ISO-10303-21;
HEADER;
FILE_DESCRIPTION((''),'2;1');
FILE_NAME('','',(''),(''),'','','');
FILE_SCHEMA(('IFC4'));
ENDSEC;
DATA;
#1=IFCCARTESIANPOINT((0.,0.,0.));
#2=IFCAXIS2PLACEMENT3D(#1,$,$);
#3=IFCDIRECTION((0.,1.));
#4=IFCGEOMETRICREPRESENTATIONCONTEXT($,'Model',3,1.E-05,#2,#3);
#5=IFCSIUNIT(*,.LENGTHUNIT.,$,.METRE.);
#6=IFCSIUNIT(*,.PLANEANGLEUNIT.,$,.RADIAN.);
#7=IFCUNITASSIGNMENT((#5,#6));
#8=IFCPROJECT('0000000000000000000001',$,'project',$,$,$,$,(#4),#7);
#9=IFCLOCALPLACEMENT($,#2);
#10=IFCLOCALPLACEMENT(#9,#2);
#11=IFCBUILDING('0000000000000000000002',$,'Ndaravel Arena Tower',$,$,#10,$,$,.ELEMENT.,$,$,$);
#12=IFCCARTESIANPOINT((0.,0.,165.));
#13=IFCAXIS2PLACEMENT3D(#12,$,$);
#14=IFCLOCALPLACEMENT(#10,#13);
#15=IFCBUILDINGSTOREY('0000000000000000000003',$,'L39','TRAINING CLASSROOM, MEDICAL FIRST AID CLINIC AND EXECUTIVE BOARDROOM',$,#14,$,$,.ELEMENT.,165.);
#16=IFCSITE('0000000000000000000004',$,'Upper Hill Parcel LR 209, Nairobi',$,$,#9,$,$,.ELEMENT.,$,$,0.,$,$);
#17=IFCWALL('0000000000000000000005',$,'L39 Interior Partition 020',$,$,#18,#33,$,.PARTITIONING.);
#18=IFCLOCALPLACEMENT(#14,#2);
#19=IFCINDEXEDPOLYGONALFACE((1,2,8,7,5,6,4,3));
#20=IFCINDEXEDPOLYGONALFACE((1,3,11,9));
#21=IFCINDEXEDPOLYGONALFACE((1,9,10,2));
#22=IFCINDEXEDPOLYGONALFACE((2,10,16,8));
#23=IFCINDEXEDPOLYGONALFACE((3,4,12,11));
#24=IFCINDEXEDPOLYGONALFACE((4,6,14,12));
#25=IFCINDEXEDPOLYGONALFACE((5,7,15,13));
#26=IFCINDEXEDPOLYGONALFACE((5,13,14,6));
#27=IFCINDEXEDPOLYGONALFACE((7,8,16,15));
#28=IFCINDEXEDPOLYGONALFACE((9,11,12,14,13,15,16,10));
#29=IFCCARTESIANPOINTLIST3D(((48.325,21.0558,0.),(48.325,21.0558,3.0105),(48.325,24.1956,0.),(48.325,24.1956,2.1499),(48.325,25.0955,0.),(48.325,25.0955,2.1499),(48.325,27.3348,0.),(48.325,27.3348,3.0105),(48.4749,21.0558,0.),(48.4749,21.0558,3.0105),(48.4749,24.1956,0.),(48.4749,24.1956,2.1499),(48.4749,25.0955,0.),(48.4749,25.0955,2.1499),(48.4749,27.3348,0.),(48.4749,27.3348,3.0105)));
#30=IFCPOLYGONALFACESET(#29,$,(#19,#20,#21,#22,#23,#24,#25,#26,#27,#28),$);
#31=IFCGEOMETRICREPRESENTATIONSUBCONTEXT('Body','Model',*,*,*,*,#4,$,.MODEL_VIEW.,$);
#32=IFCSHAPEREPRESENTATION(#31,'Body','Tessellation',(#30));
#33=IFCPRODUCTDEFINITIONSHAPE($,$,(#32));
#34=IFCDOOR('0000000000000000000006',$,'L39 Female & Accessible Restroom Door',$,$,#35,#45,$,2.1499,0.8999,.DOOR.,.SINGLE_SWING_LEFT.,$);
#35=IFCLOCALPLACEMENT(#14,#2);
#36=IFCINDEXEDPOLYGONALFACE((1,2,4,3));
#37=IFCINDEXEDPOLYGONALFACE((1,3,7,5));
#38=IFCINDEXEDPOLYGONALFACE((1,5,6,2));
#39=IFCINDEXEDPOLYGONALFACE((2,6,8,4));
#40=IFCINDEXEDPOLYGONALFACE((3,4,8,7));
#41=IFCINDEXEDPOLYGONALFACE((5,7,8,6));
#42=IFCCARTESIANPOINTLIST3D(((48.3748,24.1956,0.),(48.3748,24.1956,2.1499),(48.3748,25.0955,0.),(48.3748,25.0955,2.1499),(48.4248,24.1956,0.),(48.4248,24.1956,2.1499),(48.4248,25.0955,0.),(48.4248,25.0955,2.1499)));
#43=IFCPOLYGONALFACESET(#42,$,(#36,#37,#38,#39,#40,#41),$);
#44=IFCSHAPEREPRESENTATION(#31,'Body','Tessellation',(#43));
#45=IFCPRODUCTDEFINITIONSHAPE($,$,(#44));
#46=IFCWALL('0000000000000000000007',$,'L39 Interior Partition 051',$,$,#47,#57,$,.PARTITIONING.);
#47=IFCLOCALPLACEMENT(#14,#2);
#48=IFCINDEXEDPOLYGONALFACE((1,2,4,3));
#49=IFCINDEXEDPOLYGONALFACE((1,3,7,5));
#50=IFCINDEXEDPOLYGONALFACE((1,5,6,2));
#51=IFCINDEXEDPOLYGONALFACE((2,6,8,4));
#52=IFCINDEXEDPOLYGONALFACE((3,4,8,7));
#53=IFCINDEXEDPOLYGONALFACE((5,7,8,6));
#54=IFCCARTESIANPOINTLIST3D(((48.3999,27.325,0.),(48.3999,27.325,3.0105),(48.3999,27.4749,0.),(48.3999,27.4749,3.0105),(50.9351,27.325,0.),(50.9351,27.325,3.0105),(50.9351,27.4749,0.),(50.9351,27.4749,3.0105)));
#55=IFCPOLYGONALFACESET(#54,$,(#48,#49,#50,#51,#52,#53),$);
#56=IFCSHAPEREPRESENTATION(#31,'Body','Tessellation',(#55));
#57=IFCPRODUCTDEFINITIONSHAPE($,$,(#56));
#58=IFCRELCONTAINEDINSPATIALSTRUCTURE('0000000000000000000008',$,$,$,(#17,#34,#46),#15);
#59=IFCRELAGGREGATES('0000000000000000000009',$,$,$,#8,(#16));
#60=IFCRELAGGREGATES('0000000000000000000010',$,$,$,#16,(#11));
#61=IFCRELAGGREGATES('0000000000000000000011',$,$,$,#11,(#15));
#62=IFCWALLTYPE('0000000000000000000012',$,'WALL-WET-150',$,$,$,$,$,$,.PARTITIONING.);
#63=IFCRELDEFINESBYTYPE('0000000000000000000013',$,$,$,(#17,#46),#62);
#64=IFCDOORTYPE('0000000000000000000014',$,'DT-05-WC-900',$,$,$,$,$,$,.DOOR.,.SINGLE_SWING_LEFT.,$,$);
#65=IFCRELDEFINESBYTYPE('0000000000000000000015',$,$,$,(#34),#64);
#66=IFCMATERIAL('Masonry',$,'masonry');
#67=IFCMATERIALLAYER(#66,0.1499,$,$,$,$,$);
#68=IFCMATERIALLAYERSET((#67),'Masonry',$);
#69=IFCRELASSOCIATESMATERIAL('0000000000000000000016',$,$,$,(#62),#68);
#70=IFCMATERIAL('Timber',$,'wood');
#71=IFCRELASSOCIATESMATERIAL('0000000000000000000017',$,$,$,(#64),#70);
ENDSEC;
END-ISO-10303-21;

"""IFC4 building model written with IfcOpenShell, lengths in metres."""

from ifc_helpers import new_model, si_unit, direction, frame, frame_2d, origin, place, context, subcontext, project, spatial, rectangle, extrude, material, layer, layer_set, type_object, element, fill, save


model = new_model("IFC4")

# Units and contexts
model_context = context("Model", 3, precision=1e-05, world=origin(), true_north=direction((0.0, 1.0)))
body_context = subcontext(model_context, "Body", "Model", "MODEL_VIEW")
ifc_project = project(units=[si_unit("LENGTHUNIT", "METRE"), si_unit("PLANEANGLEUNIT", "RADIAN")], contexts=[model_context])

# Site, building, storey
site_placement = place(None, origin())
site = spatial("IfcSite", under=ifc_project, at=site_placement, Name="Upper Hill Parcel LR 209, Nairobi", CompositionType="ELEMENT", RefElevation=0.0)
building_placement = place(site_placement, origin())
building = spatial("IfcBuilding", under=site, at=building_placement, Name="Ndaravel Arena Tower", CompositionType="ELEMENT")
storey_placement = place(building_placement, frame((0.0, 0.0, 165.0)))
storey = spatial("IfcBuildingStorey", under=building, at=storey_placement, Name="L39", Description="TRAINING CLASSROOM, MEDICAL FIRST AID CLINIC AND EXECUTIVE BOARDROOM", CompositionType="ELEMENT", Elevation=165.0)

# Wall, opening, door
ifc_material_1 = material(Name="Masonry", Category="masonry")
ifc_layer_1 = layer(ifc_material_1, 0.1499)
ifc_layer_set_1 = layer_set([ifc_layer_1], Name="Masonry")
wall_type_1 = type_object("IfcWallType", Name="WALL-WET-150", PredefinedType="PARTITIONING", material=ifc_layer_set_1)
wall_1_placement = place(storey_placement, frame((48.3999, 27.335, 0.0), z_axis=(0.0, 0.0, 1.0), x_axis=(0.0, -1.0, 0.0)))
wall_1 = element("IfcWall", 1, at=wall_1_placement, inside=storey, type_object=wall_type_1, Name="L39 Interior Partition 020", PredefinedType="PARTITIONING", context=body_context, shape_type="SweptSolid", body=[
    extrude(rectangle(XDim=6.2791, YDim=0.1499, at=frame_2d((3.1396, 0.0))), origin(), (0.0, 0.0, 1.0), 3.0105),
])
opening_1_placement = place(wall_1_placement, frame((2.2395, 0.0, 0.0)))
opening_1 = element("IfcOpeningElement", 2, at=opening_1_placement, cuts=wall_1, PredefinedType="OPENING", context=body_context, shape_type="SweptSolid", body=[
    extrude(rectangle(XDim=0.8999, YDim=2.1499, at=frame_2d((0.45, 1.075))), frame((0.0, 0.075, 0.0), z_axis=(0.0, -1.0, 0.0), x_axis=(1.0, 0.0, 0.0)), (0.0, 0.0, 1.0), 0.1499),
])
ifc_material_2 = material(Name="Timber", Category="wood")
door_type_1 = type_object("IfcDoorType", Name="DT-05-WC-900", OperationType="SINGLE_SWING_LEFT", PredefinedType="DOOR", material=ifc_material_2)
door_1_placement = place(opening_1_placement, origin())
door_1 = element("IfcDoor", 3, at=door_1_placement, inside=storey, type_object=door_type_1, Name="L39 Female & Accessible Restroom Door", OperationType="SINGLE_SWING_LEFT", OverallHeight=2.1499, OverallWidth=0.8999, PredefinedType="DOOR", context=body_context, shape_type="SweptSolid", body=[
    extrude(rectangle(XDim=0.8999, YDim=2.1499, at=frame_2d((0.45, 1.075))), frame((0.0, 0.0249, 0.0), z_axis=(0.0, -1.0, 0.0), x_axis=(1.0, 0.0, 0.0)), (0.0, 0.0, 1.0), 0.05),
])
fill(opening_1, door_1)

# Wall
wall_2_placement = place(storey_placement, frame((48.3999, 27.3999, 0.0), z_axis=(0.0, 0.0, 1.0), x_axis=(1.0, 0.0, 0.0)))
element("IfcWall", 4, at=wall_2_placement, inside=storey, type_object=wall_type_1, Name="L39 Interior Partition 051", PredefinedType="PARTITIONING", context=body_context, shape_type="SweptSolid", body=[
    extrude(rectangle(XDim=2.5352, YDim=0.1499, at=frame_2d((1.2676, 0.0))), origin(), (0.0, 0.0, 1.0), 3.0105),
])

save(model, "model.ifc")
